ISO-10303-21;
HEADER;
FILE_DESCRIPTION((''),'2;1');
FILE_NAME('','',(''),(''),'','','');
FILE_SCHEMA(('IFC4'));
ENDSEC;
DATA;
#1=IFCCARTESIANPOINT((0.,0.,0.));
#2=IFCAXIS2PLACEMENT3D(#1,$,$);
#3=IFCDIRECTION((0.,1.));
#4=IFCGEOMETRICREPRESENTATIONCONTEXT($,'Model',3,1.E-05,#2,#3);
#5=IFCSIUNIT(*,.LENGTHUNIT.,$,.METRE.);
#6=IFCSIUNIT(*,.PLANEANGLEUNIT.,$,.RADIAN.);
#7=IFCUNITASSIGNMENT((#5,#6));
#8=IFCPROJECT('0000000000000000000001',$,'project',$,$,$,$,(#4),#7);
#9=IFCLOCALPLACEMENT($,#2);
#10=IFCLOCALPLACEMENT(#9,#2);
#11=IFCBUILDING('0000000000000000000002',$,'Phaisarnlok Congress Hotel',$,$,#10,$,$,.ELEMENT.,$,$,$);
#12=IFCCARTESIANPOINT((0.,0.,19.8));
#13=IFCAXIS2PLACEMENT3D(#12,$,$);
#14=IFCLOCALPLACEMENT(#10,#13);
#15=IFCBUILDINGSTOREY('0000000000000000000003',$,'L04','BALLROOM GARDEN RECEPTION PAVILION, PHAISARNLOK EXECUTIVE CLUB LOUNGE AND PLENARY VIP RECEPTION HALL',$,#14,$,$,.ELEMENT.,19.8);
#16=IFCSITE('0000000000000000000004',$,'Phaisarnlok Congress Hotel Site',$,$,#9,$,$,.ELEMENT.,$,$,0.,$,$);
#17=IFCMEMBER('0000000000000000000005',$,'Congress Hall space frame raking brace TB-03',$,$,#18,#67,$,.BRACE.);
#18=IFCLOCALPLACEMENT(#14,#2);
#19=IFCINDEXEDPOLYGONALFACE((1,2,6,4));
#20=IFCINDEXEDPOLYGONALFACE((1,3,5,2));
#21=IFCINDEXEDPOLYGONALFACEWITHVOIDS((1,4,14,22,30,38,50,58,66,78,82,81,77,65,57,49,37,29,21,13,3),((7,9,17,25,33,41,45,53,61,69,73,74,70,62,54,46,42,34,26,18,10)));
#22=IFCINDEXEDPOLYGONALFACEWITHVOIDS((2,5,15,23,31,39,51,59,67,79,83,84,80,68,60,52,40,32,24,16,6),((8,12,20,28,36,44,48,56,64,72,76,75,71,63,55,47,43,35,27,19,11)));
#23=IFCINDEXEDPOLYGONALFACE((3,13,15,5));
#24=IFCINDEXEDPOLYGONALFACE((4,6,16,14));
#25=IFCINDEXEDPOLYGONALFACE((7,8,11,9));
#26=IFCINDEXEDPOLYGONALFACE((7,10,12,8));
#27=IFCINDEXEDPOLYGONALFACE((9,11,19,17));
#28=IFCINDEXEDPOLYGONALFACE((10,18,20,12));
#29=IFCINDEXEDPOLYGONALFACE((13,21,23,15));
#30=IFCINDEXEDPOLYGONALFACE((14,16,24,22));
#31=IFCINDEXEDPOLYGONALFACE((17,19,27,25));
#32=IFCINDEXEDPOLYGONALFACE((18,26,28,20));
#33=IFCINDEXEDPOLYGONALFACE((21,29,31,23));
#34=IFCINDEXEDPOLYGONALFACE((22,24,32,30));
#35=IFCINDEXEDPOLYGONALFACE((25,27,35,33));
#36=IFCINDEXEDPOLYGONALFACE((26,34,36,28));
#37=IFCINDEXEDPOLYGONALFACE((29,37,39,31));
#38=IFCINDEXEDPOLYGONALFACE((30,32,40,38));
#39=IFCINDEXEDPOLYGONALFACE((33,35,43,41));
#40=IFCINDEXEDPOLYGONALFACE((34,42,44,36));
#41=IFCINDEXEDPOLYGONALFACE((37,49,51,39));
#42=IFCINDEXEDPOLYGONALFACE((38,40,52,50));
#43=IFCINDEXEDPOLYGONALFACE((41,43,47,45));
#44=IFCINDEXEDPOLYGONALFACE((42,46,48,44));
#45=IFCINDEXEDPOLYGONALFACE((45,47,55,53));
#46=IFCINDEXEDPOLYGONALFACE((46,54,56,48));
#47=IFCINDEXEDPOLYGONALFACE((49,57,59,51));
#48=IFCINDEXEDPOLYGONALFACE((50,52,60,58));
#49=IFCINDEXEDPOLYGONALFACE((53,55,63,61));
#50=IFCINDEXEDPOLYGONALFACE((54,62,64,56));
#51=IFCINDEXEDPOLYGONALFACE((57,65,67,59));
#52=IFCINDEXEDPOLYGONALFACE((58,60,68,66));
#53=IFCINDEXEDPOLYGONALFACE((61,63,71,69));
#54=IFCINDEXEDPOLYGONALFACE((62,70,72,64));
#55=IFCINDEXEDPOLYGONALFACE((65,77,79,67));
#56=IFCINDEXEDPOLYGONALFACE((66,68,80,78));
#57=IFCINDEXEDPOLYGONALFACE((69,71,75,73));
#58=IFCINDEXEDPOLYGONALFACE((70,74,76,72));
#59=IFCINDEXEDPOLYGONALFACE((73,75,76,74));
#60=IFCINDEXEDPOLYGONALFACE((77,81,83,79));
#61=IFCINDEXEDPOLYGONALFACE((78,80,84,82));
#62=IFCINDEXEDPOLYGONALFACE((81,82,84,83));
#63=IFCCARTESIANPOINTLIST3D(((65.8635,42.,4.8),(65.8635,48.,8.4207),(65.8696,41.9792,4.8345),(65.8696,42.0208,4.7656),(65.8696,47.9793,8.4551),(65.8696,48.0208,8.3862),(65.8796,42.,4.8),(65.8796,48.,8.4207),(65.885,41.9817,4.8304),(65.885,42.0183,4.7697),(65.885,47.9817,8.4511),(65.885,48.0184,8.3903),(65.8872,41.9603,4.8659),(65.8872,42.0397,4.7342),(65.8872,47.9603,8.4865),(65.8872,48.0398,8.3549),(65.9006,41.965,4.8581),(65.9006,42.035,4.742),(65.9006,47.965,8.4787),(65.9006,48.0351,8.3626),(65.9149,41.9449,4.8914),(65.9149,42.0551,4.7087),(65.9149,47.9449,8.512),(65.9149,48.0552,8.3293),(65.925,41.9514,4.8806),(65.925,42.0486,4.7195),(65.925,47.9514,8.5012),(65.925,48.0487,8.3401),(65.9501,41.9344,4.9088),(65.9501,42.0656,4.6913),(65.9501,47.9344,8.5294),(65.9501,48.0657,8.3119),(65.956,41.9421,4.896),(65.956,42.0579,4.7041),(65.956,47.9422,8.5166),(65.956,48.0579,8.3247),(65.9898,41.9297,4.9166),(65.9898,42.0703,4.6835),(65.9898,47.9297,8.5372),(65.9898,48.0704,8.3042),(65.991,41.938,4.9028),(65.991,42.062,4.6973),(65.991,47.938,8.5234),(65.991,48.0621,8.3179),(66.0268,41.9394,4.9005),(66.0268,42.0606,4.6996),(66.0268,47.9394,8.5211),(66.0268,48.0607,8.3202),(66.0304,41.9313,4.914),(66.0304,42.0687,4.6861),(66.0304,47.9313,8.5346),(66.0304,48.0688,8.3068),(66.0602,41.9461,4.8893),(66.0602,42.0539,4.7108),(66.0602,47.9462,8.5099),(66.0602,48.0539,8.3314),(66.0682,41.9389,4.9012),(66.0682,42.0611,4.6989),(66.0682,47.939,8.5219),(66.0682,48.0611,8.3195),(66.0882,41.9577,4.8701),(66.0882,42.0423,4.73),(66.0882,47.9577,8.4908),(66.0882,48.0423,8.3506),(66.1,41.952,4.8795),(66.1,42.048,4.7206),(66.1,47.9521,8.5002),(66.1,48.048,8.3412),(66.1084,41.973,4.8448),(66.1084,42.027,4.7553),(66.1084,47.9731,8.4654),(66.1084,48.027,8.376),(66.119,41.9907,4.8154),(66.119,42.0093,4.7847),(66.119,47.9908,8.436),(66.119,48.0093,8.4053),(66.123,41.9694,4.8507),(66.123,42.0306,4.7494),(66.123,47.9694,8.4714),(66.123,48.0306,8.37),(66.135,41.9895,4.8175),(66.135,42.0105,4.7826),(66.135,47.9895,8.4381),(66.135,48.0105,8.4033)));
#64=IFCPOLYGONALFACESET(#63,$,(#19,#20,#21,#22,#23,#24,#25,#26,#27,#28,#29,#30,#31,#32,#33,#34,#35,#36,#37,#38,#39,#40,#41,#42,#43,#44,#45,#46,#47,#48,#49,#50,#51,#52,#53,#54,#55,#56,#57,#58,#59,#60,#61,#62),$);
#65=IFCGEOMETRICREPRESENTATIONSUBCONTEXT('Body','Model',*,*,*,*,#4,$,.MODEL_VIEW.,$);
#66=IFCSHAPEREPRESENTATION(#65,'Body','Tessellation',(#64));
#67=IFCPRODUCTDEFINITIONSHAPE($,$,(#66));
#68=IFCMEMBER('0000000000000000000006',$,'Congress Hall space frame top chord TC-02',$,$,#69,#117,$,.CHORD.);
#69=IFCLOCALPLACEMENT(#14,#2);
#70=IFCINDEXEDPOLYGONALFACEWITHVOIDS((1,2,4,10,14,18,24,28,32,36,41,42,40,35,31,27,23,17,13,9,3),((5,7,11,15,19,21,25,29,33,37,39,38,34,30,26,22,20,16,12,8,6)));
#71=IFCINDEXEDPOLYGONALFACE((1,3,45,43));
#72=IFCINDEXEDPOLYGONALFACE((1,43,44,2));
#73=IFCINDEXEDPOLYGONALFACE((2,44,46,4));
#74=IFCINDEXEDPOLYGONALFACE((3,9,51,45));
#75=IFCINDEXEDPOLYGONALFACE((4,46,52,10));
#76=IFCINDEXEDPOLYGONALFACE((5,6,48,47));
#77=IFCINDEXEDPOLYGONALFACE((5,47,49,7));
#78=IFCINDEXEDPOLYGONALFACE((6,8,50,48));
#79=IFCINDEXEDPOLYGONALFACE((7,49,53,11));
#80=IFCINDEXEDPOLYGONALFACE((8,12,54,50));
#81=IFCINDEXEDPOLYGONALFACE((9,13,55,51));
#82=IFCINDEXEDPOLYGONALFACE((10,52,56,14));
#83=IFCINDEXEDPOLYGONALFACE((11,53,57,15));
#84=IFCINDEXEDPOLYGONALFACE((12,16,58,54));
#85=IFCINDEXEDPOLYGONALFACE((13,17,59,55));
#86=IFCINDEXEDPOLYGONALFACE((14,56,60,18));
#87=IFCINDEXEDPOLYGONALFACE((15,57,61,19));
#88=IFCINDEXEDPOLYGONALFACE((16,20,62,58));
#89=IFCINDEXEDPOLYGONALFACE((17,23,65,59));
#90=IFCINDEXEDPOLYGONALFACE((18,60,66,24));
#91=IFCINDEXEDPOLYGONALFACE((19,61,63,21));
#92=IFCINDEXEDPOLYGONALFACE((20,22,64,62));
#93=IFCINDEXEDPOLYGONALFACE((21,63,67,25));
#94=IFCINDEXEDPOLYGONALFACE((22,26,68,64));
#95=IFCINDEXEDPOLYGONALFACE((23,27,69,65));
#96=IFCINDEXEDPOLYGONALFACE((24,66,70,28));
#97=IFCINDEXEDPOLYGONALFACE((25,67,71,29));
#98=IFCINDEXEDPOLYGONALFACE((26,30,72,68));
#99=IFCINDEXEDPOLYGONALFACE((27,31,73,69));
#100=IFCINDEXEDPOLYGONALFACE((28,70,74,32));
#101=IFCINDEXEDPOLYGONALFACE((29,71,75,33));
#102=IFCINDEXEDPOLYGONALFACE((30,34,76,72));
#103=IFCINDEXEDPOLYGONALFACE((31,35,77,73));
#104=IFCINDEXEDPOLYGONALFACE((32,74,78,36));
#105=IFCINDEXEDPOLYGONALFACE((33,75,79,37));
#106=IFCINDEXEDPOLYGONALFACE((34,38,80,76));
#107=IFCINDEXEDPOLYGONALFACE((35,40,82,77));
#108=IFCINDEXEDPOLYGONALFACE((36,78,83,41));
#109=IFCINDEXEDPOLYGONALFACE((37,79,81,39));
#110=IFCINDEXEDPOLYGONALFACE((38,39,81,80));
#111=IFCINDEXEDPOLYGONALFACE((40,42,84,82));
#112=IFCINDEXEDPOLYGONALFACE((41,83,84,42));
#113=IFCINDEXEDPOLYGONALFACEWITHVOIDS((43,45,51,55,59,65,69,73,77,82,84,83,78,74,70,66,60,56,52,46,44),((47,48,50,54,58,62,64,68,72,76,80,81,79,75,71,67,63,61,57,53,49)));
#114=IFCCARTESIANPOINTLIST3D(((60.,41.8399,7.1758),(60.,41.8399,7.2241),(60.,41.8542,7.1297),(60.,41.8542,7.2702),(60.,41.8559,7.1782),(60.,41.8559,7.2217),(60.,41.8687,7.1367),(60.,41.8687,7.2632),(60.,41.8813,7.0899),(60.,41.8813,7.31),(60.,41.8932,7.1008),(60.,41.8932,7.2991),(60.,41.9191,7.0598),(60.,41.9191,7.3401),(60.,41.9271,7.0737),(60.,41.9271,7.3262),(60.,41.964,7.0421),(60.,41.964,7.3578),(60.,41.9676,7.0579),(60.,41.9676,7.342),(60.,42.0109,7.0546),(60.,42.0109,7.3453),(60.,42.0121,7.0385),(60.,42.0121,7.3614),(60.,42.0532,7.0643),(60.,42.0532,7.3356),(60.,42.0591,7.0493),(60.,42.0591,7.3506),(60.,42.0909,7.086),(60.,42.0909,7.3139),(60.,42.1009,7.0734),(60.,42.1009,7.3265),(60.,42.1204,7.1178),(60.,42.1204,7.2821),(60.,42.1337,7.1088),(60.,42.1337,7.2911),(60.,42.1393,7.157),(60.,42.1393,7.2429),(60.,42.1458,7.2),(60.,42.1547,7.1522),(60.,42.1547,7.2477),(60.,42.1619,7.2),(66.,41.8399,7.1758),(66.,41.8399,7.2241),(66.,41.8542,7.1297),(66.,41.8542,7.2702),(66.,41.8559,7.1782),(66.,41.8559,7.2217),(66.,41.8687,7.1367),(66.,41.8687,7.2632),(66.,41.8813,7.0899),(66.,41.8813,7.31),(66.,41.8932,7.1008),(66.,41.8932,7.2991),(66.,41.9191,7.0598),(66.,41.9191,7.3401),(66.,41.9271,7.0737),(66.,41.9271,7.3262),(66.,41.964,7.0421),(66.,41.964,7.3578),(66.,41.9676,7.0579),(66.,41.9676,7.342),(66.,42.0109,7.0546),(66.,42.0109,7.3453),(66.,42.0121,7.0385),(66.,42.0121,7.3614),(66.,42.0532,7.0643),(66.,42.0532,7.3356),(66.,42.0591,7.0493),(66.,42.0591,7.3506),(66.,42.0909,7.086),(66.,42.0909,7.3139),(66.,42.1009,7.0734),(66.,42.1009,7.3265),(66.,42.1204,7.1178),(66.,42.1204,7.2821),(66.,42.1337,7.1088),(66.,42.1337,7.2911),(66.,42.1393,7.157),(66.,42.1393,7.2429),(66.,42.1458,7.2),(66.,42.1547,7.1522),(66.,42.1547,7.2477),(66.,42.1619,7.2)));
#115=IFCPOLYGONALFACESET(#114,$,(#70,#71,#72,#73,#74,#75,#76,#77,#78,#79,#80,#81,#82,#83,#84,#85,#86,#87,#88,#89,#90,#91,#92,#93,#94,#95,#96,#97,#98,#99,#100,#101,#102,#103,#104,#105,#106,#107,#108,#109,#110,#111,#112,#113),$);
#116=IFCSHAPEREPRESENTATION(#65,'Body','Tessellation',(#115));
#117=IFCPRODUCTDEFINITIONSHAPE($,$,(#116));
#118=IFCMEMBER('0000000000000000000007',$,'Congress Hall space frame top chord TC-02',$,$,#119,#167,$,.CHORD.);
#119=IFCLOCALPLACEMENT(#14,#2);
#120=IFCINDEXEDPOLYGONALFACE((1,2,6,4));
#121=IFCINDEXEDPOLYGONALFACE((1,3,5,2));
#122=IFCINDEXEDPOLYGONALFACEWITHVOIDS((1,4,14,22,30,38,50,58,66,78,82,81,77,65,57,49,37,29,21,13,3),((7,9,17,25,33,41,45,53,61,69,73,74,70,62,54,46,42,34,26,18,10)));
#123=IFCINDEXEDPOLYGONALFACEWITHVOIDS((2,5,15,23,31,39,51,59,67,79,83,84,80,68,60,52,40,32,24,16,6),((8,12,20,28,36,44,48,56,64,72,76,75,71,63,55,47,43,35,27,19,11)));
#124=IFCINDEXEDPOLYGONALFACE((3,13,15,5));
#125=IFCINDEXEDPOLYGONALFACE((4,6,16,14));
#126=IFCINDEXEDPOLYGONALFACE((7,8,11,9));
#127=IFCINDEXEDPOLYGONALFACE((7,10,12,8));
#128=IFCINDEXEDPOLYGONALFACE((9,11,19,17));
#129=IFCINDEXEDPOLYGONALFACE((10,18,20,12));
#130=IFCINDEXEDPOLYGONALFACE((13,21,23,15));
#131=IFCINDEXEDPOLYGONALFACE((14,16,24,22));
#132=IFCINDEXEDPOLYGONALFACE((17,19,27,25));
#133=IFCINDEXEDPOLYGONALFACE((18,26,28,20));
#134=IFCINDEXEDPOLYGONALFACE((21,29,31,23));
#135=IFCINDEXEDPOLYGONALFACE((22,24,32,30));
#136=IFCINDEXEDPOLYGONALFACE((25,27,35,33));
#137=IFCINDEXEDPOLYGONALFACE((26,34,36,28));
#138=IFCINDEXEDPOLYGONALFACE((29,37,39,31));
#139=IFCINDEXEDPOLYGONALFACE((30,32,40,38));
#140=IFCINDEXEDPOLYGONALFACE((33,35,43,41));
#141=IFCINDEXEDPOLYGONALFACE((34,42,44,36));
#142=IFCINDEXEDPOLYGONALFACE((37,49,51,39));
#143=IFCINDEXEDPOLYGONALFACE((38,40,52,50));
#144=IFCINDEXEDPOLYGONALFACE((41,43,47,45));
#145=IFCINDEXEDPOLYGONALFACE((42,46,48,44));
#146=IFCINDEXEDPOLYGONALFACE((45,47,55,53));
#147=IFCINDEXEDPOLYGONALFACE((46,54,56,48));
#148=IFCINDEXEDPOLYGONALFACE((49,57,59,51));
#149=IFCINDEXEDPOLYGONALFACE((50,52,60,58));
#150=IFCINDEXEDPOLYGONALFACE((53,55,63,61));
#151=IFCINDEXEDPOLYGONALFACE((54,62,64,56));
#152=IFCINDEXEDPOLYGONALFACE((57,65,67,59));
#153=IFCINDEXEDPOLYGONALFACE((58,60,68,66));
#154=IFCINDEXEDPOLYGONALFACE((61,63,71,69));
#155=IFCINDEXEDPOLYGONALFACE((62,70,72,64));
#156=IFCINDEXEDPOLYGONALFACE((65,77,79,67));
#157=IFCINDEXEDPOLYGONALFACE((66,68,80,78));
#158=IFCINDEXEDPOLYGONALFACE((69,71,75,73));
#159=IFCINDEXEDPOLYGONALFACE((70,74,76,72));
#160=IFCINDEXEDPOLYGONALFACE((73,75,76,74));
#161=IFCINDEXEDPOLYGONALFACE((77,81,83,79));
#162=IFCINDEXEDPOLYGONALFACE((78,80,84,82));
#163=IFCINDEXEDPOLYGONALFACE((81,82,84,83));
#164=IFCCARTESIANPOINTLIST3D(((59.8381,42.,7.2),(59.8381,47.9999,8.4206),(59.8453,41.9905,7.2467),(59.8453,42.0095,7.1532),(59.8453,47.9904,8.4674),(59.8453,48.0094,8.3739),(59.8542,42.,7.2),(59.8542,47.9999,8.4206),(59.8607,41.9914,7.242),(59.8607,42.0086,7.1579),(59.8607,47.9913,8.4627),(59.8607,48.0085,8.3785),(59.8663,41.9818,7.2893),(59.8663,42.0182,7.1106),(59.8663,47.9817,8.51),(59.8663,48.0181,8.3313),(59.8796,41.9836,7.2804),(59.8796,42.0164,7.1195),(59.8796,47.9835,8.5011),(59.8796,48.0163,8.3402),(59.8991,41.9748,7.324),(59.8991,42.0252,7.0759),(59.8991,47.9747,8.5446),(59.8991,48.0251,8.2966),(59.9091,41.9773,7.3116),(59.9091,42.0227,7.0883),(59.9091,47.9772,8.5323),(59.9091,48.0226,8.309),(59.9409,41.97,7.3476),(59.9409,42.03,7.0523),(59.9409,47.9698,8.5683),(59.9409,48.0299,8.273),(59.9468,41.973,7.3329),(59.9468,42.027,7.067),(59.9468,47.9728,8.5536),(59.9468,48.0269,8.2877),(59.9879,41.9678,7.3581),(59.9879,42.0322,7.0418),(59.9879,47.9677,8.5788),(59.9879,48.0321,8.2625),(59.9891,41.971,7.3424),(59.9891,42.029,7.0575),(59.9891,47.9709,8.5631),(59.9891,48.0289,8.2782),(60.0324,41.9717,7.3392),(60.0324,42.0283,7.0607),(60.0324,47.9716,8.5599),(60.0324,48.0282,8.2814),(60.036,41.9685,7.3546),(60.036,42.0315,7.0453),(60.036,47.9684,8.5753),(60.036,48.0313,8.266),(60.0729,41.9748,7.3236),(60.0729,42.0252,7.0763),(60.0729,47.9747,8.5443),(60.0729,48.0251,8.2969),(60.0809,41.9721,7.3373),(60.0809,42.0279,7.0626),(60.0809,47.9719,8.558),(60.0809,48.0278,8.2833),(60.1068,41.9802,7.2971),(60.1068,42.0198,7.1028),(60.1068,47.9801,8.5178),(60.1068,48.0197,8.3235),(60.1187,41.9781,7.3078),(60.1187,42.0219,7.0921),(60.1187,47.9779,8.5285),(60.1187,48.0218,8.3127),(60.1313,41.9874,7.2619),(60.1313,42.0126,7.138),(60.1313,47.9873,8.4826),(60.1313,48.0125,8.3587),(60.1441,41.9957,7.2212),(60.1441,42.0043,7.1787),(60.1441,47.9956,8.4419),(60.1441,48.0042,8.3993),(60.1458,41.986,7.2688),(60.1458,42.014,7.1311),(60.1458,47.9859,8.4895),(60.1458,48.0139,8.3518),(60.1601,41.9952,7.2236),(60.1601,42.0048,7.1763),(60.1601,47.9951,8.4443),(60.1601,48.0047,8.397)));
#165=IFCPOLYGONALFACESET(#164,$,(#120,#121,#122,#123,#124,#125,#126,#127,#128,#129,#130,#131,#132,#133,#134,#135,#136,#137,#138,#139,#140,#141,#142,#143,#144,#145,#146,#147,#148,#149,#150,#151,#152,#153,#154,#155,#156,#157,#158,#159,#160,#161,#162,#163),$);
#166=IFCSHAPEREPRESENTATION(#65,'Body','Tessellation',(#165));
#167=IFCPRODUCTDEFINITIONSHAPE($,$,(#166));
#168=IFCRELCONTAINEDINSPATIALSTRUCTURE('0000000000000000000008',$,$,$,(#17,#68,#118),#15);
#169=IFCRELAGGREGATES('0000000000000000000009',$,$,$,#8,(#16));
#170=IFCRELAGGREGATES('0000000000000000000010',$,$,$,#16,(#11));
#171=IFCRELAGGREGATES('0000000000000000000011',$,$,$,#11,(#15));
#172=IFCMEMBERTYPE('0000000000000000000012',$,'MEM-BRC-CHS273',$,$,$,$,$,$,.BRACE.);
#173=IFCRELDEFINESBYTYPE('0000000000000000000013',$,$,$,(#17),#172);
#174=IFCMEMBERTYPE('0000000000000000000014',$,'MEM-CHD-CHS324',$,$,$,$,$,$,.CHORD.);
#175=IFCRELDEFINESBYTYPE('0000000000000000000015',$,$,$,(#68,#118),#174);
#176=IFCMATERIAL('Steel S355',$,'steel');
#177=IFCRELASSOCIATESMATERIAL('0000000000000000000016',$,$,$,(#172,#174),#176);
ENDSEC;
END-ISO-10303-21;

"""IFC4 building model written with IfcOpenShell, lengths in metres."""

from ifc_helpers import new_model, si_unit, direction, frame, origin, origin_2d, place, context, subcontext, project, spatial, hollow_circle, extrude, material, material_profile, profile_set, type_object, element, save


model = new_model("IFC4")

# Units and contexts
model_context = context("Model", 3, precision=1e-05, world=origin(), true_north=direction((0.0, 1.0)))
body_context = subcontext(model_context, "Body", "Model", "MODEL_VIEW")
ifc_project = project(units=[si_unit("LENGTHUNIT", "METRE"), si_unit("PLANEANGLEUNIT", "RADIAN")], contexts=[model_context])

# Site, building, storey
site_placement = place(None, origin())
site = spatial("IfcSite", under=ifc_project, at=site_placement, Name="Phaisarnlok Congress Hotel Site", CompositionType="ELEMENT", RefElevation=0.0)
building_placement = place(site_placement, origin())
building = spatial("IfcBuilding", under=site, at=building_placement, Name="Phaisarnlok Congress Hotel", CompositionType="ELEMENT")
storey_placement = place(building_placement, frame((0.0, 0.0, 19.8)))
storey = spatial("IfcBuildingStorey", under=building, at=storey_placement, Name="L04", Description="BALLROOM GARDEN RECEPTION PAVILION, PHAISARNLOK EXECUTIVE CLUB LOUNGE AND PLENARY VIP RECEPTION HALL", CompositionType="ELEMENT", Elevation=19.8)

# Members
ifc_material_1 = material(Name="Steel S355", Category="steel")
ifc_material_profile_1 = material_profile(ifc_material_1, hollow_circle(Radius=0.1365, WallThickness=0.0161, at=origin_2d()), Name="CHS 273x16")
ifc_profile_set_1 = profile_set([ifc_material_profile_1], Name="Steel S355")
member_type_1 = type_object("IfcMemberType", Name="MEM-BRC-CHS273", PredefinedType="BRACE", material=ifc_profile_set_1)
for number, where, z_axis, x_axis, name in (
    (1, (66.0, 42.0, 4.8), (0.0, 0.856193, 0.516656), (-1.0, 0.0, 0.0), "Congress Hall space frame raking brace TB-03"),
):
    element("IfcMember", number, at=place(storey_placement, frame(where, z_axis=z_axis, x_axis=x_axis)), inside=storey, type_object=member_type_1, Name=name, PredefinedType="BRACE", context=body_context, shape_type="SweptSolid", body=[
        extrude(hollow_circle(Radius=0.1365, WallThickness=0.0161, at=origin_2d()), origin(), (0.0, 0.0, 1.0), 7.0078),
    ])
ifc_material_profile_2 = material_profile(ifc_material_1, hollow_circle(Radius=0.1619, WallThickness=0.0161, at=origin_2d()), Name="CHS 323.9x16")
ifc_profile_set_2 = profile_set([ifc_material_profile_2], Name="Steel S355")
member_type_2 = type_object("IfcMemberType", Name="MEM-CHD-CHS324", PredefinedType="CHORD", material=ifc_profile_set_2)
member_1_placement = place(storey_placement, frame((60.0, 42.0, 7.2), z_axis=(1.0, 0.0, 0.0), x_axis=(0.0, 1.0, 0.0)))
element("IfcMember", 2, at=member_1_placement, inside=storey, type_object=member_type_2, Name="Congress Hall space frame top chord TC-02", PredefinedType="CHORD", context=body_context, shape_type="SweptSolid", body=[
    extrude(hollow_circle(Radius=0.1619, WallThickness=0.0161, at=origin_2d()), origin(), (0.0, 0.0, 1.0), 6.0),
])
member_2_placement = place(storey_placement, frame((60.0, 42.0, 7.2), z_axis=(0.0, 0.979925, 0.199366), x_axis=(-1.0, 0.0, 0.0)))
element("IfcMember", 3, at=member_2_placement, inside=storey, type_object=member_type_2, Name="Congress Hall space frame top chord TC-02", PredefinedType="CHORD", context=body_context, shape_type="SweptSolid", body=[
    extrude(hollow_circle(Radius=0.1619, WallThickness=0.0161, at=origin_2d()), origin(), (0.0, 0.0, 1.0), 6.1228),
])

save(model, "model.ifc")
